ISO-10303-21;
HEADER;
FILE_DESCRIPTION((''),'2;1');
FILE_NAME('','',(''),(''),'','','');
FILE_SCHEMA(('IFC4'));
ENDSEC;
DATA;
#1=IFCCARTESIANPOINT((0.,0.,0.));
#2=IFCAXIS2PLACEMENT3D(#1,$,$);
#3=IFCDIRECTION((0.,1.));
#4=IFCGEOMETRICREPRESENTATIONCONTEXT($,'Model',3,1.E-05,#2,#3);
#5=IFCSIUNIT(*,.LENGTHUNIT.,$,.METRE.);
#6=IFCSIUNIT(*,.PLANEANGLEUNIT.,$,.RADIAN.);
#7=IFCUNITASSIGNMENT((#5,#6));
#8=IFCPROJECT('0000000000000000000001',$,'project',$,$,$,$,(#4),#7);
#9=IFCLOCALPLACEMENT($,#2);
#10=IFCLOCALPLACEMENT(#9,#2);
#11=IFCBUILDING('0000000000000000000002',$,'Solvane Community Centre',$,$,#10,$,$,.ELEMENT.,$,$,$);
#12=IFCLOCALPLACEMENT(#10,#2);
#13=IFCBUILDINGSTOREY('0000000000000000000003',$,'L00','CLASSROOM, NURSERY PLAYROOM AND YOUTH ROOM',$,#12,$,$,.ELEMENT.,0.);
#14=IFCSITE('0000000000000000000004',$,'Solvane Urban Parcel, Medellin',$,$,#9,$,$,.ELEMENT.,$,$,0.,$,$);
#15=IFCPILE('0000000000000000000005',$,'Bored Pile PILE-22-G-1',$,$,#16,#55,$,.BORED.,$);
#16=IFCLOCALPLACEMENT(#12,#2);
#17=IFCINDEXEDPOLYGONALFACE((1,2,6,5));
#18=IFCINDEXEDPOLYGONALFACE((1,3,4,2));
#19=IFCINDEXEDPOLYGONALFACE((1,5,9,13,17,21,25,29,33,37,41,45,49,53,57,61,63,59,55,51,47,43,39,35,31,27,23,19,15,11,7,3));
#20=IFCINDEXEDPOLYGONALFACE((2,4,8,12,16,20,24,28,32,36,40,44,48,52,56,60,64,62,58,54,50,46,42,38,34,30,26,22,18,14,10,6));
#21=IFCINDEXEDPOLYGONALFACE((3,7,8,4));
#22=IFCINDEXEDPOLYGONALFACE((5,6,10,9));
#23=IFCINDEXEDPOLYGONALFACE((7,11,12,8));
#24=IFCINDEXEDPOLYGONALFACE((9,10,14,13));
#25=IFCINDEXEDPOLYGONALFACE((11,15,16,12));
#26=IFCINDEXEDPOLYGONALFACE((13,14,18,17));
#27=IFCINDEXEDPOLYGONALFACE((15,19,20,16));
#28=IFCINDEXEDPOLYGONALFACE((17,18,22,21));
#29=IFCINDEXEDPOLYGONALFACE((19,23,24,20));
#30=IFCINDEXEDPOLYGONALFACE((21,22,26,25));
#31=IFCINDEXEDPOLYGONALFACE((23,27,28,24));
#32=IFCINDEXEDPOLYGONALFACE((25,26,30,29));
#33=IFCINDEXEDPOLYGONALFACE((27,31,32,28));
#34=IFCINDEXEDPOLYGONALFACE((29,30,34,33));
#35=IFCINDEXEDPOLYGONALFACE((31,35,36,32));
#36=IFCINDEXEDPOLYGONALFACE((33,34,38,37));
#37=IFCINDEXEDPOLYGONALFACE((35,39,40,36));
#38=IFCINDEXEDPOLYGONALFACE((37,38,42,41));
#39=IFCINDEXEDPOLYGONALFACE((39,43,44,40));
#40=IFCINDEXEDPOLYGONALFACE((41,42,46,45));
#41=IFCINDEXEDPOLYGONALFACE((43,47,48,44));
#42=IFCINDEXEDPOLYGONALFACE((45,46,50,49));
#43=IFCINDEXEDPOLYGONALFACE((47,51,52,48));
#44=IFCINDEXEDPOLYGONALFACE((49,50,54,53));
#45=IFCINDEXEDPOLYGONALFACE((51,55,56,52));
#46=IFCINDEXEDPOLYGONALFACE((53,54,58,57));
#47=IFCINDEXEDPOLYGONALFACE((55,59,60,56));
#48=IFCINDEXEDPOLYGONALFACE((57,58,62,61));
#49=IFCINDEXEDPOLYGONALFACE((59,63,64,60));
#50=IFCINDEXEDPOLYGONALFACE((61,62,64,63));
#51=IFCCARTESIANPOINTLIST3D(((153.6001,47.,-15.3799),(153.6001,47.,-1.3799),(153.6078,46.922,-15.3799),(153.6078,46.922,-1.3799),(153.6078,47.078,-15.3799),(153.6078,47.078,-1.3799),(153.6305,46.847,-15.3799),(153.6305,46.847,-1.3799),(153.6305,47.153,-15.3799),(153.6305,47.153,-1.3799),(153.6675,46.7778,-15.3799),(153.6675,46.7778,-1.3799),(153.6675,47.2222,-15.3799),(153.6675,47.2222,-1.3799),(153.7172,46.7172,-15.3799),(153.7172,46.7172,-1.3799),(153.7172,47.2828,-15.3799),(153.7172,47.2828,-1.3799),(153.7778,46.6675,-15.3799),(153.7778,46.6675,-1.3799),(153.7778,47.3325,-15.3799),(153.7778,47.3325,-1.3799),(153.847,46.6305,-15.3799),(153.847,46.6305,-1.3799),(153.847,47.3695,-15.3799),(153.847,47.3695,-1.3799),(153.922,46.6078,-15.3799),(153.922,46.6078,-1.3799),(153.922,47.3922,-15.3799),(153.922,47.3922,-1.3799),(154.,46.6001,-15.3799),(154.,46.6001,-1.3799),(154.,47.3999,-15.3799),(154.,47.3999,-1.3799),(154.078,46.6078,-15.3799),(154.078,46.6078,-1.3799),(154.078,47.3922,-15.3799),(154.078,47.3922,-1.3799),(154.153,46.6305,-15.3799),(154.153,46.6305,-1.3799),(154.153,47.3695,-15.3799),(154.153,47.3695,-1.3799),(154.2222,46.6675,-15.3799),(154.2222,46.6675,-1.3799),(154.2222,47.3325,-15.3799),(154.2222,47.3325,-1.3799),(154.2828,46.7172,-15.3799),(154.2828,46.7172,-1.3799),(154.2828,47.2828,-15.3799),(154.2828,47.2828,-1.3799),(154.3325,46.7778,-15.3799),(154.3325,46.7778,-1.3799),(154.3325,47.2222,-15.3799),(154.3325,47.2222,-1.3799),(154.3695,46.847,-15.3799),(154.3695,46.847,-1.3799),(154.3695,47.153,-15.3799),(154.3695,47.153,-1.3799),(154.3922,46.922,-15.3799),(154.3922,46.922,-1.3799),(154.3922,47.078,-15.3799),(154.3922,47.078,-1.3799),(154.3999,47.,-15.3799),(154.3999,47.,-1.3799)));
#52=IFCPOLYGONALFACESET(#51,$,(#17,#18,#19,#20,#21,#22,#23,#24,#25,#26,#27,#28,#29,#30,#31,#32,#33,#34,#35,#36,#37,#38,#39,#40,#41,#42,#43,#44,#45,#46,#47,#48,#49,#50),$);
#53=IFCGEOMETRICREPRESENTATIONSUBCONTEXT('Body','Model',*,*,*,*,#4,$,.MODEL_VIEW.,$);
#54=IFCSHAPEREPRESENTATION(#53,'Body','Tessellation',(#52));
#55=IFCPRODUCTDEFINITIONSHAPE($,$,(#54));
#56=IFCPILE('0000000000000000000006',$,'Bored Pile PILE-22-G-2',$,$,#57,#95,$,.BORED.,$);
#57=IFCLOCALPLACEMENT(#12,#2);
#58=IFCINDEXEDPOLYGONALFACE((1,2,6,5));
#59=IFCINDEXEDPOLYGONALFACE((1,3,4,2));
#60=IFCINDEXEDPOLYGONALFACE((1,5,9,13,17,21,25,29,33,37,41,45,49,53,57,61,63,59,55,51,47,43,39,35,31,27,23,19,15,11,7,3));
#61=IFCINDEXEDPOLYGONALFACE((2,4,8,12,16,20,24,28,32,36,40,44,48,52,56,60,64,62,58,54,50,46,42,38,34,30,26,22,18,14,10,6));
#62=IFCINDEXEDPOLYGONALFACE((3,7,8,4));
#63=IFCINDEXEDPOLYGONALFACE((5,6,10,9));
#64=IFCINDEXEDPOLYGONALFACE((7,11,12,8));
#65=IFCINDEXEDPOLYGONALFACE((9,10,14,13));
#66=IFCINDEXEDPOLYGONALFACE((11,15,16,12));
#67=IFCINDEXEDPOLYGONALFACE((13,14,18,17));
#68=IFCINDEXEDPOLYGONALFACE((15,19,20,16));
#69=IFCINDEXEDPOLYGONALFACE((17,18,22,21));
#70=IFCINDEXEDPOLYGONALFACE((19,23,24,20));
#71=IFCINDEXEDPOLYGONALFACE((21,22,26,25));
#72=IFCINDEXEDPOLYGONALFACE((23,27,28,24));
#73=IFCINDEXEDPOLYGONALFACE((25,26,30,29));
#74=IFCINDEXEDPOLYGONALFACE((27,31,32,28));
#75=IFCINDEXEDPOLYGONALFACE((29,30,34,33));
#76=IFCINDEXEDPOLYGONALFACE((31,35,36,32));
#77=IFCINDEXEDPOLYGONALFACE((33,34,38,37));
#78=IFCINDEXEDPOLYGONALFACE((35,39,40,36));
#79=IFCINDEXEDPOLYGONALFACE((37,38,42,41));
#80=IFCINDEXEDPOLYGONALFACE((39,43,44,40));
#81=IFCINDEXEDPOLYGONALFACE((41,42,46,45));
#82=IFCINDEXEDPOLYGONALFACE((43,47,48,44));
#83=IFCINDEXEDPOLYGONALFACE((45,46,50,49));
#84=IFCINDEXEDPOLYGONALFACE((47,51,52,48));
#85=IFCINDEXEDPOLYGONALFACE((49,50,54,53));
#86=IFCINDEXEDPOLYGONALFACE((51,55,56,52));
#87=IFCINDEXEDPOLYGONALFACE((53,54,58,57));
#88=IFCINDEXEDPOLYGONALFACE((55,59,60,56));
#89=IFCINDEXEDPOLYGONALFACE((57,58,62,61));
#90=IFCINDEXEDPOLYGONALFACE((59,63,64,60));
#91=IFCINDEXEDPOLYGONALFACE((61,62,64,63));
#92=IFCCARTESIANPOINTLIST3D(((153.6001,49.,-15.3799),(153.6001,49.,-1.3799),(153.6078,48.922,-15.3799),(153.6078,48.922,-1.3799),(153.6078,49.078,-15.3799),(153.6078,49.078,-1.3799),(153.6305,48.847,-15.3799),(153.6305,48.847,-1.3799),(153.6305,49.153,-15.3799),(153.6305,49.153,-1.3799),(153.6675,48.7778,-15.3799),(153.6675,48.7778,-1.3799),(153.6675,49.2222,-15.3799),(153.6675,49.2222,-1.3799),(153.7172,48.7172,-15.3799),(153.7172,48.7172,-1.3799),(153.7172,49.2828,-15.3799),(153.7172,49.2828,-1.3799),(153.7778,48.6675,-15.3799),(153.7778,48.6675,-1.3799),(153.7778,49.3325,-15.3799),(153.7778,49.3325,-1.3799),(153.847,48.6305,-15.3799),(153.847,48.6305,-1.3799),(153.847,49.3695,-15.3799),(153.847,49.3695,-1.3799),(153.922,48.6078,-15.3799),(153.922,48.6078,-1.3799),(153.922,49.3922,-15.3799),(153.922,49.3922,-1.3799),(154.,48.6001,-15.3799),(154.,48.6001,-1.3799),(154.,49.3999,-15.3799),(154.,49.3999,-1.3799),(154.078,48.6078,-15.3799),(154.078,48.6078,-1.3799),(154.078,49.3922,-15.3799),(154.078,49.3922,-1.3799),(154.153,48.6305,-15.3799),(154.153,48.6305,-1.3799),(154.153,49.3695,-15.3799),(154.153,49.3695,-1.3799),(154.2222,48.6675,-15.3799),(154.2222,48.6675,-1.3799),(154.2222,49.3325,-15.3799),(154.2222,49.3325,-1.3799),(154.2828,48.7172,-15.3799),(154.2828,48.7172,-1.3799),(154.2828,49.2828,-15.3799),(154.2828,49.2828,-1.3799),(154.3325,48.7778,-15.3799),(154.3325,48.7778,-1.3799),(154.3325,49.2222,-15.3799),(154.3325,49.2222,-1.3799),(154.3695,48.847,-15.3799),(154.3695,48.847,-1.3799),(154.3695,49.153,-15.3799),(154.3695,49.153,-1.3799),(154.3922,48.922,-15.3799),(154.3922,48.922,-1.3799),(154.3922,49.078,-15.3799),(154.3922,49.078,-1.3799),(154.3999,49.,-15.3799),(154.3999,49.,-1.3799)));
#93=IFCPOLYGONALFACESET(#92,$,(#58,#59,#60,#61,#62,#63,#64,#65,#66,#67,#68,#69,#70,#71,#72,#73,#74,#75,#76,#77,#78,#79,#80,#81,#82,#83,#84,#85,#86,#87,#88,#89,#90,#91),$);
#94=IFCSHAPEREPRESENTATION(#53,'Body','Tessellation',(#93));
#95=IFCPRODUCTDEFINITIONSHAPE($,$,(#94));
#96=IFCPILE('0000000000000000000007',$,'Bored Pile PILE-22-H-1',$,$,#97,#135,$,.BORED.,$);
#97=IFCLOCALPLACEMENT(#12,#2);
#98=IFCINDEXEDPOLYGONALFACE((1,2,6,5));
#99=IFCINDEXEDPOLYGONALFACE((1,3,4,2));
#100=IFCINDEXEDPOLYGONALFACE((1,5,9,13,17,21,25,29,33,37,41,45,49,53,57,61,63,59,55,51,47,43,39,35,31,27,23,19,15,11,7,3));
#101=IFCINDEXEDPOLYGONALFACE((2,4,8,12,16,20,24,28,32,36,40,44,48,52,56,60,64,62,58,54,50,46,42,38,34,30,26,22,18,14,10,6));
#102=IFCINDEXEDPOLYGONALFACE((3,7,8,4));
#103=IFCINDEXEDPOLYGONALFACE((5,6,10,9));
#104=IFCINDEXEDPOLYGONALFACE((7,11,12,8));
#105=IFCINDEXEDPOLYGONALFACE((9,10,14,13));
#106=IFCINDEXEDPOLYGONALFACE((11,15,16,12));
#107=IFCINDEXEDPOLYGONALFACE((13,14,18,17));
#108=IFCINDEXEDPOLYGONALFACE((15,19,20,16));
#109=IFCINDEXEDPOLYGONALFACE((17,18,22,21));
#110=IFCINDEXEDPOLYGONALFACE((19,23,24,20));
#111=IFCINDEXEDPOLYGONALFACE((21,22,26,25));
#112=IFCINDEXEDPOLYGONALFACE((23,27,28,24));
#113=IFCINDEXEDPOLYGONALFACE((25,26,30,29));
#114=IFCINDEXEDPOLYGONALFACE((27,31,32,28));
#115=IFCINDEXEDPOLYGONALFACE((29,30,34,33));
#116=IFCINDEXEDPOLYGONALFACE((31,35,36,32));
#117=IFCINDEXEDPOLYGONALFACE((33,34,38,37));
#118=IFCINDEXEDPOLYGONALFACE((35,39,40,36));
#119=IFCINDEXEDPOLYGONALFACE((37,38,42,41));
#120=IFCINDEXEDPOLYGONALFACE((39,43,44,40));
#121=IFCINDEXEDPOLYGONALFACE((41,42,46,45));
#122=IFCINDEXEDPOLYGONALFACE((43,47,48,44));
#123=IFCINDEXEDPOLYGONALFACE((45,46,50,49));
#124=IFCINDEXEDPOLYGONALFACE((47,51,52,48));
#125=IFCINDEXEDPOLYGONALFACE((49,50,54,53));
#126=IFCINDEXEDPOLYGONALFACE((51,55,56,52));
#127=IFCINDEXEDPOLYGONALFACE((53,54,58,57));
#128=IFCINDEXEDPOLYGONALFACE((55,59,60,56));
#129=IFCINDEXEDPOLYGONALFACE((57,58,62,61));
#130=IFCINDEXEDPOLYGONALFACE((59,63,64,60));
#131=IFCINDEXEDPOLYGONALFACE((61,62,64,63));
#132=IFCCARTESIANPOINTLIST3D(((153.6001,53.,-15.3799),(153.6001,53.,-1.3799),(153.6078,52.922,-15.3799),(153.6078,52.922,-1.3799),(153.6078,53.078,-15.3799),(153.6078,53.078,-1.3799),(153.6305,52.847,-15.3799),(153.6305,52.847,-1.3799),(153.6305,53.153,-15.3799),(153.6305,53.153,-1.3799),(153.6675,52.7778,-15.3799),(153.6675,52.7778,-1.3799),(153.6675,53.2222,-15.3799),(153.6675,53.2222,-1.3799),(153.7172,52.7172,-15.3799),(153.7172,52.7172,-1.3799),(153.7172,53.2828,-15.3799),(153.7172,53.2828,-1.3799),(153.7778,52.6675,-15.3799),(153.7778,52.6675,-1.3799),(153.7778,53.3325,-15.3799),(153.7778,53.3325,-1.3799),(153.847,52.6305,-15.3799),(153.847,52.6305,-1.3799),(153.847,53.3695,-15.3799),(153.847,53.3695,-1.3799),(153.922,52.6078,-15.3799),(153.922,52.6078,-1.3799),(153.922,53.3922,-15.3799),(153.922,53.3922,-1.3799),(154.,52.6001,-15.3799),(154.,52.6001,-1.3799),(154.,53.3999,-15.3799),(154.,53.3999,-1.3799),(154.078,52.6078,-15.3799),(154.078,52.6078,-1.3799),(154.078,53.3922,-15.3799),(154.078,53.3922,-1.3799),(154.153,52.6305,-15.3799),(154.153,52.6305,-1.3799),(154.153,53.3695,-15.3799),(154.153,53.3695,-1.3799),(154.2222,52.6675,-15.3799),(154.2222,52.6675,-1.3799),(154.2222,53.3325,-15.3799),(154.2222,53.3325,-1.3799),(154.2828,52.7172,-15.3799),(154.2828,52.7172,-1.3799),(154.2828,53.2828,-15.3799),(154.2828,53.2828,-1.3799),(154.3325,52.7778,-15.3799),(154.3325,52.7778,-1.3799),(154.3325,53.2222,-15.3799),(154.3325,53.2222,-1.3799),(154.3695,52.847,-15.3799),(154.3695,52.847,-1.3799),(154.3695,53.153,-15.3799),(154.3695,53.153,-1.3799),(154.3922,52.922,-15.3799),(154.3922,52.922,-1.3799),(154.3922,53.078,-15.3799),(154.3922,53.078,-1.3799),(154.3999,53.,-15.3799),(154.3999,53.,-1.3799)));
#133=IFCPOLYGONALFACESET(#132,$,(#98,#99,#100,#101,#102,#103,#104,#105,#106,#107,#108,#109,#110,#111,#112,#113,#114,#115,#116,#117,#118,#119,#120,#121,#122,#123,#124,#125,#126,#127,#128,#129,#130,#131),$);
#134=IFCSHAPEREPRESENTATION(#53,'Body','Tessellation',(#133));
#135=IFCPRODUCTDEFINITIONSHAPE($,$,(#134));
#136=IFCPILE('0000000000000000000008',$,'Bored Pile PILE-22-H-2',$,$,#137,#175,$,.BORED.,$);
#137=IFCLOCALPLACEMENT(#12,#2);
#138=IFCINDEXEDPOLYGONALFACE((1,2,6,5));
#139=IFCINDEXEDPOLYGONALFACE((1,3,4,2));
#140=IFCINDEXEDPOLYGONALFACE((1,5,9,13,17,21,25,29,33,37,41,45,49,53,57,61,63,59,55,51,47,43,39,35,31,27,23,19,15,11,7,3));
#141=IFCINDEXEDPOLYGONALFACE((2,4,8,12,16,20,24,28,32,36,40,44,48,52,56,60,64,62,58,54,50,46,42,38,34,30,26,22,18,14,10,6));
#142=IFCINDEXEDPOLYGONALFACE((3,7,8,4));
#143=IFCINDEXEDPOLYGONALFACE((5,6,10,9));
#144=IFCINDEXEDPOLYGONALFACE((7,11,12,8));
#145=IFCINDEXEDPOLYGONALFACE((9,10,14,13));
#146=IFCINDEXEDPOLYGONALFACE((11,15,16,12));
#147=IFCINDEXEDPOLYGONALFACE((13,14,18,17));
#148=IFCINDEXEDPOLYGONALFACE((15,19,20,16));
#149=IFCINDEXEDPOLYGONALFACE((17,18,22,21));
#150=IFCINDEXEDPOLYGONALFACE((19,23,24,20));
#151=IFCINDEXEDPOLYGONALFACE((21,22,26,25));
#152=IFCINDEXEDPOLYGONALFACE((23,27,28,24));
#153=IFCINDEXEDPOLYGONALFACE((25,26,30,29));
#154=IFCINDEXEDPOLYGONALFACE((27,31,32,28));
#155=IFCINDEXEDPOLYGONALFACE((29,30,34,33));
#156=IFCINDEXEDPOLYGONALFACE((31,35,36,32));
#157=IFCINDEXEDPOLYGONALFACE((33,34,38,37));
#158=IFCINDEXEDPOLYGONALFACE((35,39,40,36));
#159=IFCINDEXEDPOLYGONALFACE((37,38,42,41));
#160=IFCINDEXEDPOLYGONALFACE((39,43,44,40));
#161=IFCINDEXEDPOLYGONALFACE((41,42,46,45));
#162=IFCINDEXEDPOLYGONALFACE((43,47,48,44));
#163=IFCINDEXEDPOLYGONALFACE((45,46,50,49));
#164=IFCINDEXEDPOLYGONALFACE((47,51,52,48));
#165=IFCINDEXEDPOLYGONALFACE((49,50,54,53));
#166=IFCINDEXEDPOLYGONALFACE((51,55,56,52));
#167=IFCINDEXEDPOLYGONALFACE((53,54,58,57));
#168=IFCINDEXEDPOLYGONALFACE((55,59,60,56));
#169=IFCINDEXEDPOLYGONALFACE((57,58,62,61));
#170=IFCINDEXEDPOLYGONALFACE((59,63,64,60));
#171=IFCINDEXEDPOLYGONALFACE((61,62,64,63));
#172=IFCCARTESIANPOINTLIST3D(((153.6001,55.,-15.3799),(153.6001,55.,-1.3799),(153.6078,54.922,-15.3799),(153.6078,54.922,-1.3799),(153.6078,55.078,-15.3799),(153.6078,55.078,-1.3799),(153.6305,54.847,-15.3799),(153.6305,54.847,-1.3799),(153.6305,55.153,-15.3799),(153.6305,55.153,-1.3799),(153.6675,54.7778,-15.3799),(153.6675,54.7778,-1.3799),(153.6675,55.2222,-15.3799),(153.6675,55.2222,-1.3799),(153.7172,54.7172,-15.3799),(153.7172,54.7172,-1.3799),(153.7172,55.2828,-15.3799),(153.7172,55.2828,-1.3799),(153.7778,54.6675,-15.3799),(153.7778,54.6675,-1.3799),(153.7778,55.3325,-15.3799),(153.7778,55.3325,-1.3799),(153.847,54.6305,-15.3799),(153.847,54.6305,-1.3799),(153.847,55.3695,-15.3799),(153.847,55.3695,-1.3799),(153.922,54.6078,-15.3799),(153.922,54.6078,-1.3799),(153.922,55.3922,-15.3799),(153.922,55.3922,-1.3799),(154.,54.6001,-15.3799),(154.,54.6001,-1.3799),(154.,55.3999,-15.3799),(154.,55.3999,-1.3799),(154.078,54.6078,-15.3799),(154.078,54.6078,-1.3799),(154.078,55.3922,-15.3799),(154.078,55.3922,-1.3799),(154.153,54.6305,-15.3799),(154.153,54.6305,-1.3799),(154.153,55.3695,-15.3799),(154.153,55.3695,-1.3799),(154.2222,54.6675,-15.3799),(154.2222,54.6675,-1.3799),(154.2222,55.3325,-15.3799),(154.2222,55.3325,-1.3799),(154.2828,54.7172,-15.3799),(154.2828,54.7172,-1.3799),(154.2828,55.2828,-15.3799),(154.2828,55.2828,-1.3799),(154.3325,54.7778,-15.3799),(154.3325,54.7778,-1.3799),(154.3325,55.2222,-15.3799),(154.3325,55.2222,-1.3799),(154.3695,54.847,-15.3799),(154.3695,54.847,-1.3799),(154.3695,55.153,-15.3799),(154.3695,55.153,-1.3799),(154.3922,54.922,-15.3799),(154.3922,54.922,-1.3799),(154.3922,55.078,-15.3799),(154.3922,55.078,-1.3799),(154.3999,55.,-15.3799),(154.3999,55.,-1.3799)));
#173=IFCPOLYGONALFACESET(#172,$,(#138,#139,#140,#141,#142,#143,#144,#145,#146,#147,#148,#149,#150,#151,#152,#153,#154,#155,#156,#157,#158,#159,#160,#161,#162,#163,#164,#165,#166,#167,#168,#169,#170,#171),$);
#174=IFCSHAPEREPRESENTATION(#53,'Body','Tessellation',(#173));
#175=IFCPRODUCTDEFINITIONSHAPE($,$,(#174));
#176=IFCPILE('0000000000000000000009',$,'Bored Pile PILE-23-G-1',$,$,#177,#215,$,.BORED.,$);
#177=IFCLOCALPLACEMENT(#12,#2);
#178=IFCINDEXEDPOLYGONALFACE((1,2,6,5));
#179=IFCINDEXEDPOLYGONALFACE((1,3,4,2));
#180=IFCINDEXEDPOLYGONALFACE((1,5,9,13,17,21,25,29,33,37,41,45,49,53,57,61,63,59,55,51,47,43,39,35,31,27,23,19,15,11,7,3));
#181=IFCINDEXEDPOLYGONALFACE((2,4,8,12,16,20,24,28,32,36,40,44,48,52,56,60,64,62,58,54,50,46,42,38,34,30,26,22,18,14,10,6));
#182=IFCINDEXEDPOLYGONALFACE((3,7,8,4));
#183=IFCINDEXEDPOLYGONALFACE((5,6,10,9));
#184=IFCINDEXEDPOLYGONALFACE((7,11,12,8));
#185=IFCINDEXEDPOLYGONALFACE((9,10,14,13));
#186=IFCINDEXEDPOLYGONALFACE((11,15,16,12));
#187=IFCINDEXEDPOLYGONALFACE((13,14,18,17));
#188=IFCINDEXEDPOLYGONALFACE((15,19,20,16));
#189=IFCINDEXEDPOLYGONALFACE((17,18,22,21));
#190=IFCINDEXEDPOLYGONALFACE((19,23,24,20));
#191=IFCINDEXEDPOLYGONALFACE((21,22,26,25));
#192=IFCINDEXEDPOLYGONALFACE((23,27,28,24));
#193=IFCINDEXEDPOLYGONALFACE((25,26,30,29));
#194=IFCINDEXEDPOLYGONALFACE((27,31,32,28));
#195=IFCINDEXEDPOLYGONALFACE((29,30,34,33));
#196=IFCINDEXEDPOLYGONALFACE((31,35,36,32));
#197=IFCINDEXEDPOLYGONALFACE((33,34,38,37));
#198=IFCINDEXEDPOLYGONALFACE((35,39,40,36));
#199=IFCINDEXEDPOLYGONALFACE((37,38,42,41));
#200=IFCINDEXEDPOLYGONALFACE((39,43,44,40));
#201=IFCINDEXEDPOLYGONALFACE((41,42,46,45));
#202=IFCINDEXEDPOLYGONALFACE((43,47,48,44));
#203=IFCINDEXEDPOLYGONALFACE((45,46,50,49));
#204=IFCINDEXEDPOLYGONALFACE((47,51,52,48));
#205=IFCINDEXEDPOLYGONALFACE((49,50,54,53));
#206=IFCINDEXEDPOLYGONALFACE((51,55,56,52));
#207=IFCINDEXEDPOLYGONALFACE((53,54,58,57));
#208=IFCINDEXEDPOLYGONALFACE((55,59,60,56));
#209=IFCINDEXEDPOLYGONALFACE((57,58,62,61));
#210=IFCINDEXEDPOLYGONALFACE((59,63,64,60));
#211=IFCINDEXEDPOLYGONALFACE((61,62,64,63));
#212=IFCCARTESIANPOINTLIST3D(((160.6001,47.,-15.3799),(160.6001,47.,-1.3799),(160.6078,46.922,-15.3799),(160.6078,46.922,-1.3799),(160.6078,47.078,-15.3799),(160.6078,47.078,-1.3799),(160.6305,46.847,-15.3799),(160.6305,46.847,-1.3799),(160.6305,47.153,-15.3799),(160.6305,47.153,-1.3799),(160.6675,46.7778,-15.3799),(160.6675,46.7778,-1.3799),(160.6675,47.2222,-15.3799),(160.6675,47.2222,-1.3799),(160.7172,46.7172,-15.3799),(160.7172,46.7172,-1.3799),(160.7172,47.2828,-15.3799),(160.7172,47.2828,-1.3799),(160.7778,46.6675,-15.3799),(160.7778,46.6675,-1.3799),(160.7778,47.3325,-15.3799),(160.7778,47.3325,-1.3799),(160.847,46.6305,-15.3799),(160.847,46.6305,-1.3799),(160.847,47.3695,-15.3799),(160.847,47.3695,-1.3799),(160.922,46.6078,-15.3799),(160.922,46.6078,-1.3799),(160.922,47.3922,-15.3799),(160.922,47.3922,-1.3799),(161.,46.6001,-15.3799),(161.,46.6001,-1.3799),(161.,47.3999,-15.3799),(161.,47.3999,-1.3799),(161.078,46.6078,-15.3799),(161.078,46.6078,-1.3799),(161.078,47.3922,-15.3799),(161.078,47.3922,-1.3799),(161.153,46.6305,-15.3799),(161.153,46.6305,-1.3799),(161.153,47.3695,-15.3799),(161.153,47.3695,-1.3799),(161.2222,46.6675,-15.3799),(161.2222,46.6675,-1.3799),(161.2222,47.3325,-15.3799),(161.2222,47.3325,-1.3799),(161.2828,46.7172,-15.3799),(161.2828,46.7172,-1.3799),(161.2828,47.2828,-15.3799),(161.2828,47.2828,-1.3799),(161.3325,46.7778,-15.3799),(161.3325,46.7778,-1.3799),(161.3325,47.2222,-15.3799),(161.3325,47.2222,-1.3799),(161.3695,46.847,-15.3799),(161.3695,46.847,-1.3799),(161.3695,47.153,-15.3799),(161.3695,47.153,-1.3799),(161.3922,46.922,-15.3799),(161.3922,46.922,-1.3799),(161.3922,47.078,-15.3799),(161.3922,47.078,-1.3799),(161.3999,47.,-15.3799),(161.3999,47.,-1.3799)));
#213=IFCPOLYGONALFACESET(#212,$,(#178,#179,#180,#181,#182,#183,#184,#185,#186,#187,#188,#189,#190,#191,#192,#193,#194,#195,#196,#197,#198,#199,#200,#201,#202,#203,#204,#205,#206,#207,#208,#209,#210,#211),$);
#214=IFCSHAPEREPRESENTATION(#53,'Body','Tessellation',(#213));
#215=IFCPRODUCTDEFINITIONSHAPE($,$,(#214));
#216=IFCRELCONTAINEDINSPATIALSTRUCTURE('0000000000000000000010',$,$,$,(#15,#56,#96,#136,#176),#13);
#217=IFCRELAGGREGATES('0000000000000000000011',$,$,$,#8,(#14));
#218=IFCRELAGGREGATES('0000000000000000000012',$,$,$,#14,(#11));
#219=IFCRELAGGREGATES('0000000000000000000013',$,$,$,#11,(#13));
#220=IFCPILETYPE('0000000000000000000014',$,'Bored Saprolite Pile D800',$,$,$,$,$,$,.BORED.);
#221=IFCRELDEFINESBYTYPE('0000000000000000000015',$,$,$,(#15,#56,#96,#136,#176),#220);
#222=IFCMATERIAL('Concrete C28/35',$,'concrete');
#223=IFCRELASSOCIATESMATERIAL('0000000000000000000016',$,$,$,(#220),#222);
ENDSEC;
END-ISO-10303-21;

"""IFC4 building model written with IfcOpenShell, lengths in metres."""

from ifc_helpers import new_model, si_unit, direction, frame, origin, origin_2d, place, context, subcontext, project, spatial, circle, extrude, material, material_profile, profile_set, type_object, element, save


model = new_model("IFC4")

# Units and contexts
model_context = context("Model", 3, precision=1e-05, world=origin(), true_north=direction((0.0, 1.0)))
body_context = subcontext(model_context, "Body", "Model", "MODEL_VIEW")
ifc_project = project(units=[si_unit("LENGTHUNIT", "METRE"), si_unit("PLANEANGLEUNIT", "RADIAN")], contexts=[model_context])

# Site, building, storey
site_placement = place(None, origin())
site = spatial("IfcSite", under=ifc_project, at=site_placement, Name="Solvane Urban Parcel, Medellin", CompositionType="ELEMENT", RefElevation=0.0)
building_placement = place(site_placement, origin())
building = spatial("IfcBuilding", under=site, at=building_placement, Name="Solvane Community Centre", CompositionType="ELEMENT")
storey_placement = place(building_placement, origin())
storey = spatial("IfcBuildingStorey", under=building, at=storey_placement, Name="L00", Description="CLASSROOM, NURSERY PLAYROOM AND YOUTH ROOM", CompositionType="ELEMENT", Elevation=0.0)

# Piles
ifc_material_1 = material(Name="Concrete C28/35", Category="concrete")
ifc_material_profile_1 = material_profile(ifc_material_1, circle(Radius=0.3999, at=origin_2d()), Name="PILE D800")
ifc_profile_set_1 = profile_set([ifc_material_profile_1], Name="Concrete C28/35")
pile_type = type_object("IfcPileType", Name="Bored Saprolite Pile D800", PredefinedType="BORED", material=ifc_profile_set_1)
for number, where, z_axis, x_axis, name in (
    (1, (154.0, 47.0, -1.3799), (0.0, 0.0, -1.0), (1.0, 0.0, 0.0), "Bored Pile PILE-22-G-1"),
    (2, (154.0, 49.0, -1.3799), (0.0, 0.0, -1.0), (1.0, 0.0, 0.0), "Bored Pile PILE-22-G-2"),
    (3, (154.0, 53.0, -1.3799), (0.0, 0.0, -1.0), (1.0, 0.0, 0.0), "Bored Pile PILE-22-H-1"),
    (4, (154.0, 55.0, -1.3799), (0.0, 0.0, -1.0), (1.0, 0.0, 0.0), "Bored Pile PILE-22-H-2"),
    (5, (161.0, 47.0, -1.3799), (0.0, 0.0, -1.0), (1.0, 0.0, 0.0), "Bored Pile PILE-23-G-1"),
):
    element("IfcPile", number, at=place(storey_placement, frame(where, z_axis=z_axis, x_axis=x_axis)), inside=storey, type_object=pile_type, Name=name, PredefinedType="BORED", context=body_context, shape_type="SweptSolid", body=[
        extrude(circle(Radius=0.3999, at=origin_2d()), origin(), (0.0, 0.0, 1.0), 14.0),
    ])

save(model, "model.ifc")
